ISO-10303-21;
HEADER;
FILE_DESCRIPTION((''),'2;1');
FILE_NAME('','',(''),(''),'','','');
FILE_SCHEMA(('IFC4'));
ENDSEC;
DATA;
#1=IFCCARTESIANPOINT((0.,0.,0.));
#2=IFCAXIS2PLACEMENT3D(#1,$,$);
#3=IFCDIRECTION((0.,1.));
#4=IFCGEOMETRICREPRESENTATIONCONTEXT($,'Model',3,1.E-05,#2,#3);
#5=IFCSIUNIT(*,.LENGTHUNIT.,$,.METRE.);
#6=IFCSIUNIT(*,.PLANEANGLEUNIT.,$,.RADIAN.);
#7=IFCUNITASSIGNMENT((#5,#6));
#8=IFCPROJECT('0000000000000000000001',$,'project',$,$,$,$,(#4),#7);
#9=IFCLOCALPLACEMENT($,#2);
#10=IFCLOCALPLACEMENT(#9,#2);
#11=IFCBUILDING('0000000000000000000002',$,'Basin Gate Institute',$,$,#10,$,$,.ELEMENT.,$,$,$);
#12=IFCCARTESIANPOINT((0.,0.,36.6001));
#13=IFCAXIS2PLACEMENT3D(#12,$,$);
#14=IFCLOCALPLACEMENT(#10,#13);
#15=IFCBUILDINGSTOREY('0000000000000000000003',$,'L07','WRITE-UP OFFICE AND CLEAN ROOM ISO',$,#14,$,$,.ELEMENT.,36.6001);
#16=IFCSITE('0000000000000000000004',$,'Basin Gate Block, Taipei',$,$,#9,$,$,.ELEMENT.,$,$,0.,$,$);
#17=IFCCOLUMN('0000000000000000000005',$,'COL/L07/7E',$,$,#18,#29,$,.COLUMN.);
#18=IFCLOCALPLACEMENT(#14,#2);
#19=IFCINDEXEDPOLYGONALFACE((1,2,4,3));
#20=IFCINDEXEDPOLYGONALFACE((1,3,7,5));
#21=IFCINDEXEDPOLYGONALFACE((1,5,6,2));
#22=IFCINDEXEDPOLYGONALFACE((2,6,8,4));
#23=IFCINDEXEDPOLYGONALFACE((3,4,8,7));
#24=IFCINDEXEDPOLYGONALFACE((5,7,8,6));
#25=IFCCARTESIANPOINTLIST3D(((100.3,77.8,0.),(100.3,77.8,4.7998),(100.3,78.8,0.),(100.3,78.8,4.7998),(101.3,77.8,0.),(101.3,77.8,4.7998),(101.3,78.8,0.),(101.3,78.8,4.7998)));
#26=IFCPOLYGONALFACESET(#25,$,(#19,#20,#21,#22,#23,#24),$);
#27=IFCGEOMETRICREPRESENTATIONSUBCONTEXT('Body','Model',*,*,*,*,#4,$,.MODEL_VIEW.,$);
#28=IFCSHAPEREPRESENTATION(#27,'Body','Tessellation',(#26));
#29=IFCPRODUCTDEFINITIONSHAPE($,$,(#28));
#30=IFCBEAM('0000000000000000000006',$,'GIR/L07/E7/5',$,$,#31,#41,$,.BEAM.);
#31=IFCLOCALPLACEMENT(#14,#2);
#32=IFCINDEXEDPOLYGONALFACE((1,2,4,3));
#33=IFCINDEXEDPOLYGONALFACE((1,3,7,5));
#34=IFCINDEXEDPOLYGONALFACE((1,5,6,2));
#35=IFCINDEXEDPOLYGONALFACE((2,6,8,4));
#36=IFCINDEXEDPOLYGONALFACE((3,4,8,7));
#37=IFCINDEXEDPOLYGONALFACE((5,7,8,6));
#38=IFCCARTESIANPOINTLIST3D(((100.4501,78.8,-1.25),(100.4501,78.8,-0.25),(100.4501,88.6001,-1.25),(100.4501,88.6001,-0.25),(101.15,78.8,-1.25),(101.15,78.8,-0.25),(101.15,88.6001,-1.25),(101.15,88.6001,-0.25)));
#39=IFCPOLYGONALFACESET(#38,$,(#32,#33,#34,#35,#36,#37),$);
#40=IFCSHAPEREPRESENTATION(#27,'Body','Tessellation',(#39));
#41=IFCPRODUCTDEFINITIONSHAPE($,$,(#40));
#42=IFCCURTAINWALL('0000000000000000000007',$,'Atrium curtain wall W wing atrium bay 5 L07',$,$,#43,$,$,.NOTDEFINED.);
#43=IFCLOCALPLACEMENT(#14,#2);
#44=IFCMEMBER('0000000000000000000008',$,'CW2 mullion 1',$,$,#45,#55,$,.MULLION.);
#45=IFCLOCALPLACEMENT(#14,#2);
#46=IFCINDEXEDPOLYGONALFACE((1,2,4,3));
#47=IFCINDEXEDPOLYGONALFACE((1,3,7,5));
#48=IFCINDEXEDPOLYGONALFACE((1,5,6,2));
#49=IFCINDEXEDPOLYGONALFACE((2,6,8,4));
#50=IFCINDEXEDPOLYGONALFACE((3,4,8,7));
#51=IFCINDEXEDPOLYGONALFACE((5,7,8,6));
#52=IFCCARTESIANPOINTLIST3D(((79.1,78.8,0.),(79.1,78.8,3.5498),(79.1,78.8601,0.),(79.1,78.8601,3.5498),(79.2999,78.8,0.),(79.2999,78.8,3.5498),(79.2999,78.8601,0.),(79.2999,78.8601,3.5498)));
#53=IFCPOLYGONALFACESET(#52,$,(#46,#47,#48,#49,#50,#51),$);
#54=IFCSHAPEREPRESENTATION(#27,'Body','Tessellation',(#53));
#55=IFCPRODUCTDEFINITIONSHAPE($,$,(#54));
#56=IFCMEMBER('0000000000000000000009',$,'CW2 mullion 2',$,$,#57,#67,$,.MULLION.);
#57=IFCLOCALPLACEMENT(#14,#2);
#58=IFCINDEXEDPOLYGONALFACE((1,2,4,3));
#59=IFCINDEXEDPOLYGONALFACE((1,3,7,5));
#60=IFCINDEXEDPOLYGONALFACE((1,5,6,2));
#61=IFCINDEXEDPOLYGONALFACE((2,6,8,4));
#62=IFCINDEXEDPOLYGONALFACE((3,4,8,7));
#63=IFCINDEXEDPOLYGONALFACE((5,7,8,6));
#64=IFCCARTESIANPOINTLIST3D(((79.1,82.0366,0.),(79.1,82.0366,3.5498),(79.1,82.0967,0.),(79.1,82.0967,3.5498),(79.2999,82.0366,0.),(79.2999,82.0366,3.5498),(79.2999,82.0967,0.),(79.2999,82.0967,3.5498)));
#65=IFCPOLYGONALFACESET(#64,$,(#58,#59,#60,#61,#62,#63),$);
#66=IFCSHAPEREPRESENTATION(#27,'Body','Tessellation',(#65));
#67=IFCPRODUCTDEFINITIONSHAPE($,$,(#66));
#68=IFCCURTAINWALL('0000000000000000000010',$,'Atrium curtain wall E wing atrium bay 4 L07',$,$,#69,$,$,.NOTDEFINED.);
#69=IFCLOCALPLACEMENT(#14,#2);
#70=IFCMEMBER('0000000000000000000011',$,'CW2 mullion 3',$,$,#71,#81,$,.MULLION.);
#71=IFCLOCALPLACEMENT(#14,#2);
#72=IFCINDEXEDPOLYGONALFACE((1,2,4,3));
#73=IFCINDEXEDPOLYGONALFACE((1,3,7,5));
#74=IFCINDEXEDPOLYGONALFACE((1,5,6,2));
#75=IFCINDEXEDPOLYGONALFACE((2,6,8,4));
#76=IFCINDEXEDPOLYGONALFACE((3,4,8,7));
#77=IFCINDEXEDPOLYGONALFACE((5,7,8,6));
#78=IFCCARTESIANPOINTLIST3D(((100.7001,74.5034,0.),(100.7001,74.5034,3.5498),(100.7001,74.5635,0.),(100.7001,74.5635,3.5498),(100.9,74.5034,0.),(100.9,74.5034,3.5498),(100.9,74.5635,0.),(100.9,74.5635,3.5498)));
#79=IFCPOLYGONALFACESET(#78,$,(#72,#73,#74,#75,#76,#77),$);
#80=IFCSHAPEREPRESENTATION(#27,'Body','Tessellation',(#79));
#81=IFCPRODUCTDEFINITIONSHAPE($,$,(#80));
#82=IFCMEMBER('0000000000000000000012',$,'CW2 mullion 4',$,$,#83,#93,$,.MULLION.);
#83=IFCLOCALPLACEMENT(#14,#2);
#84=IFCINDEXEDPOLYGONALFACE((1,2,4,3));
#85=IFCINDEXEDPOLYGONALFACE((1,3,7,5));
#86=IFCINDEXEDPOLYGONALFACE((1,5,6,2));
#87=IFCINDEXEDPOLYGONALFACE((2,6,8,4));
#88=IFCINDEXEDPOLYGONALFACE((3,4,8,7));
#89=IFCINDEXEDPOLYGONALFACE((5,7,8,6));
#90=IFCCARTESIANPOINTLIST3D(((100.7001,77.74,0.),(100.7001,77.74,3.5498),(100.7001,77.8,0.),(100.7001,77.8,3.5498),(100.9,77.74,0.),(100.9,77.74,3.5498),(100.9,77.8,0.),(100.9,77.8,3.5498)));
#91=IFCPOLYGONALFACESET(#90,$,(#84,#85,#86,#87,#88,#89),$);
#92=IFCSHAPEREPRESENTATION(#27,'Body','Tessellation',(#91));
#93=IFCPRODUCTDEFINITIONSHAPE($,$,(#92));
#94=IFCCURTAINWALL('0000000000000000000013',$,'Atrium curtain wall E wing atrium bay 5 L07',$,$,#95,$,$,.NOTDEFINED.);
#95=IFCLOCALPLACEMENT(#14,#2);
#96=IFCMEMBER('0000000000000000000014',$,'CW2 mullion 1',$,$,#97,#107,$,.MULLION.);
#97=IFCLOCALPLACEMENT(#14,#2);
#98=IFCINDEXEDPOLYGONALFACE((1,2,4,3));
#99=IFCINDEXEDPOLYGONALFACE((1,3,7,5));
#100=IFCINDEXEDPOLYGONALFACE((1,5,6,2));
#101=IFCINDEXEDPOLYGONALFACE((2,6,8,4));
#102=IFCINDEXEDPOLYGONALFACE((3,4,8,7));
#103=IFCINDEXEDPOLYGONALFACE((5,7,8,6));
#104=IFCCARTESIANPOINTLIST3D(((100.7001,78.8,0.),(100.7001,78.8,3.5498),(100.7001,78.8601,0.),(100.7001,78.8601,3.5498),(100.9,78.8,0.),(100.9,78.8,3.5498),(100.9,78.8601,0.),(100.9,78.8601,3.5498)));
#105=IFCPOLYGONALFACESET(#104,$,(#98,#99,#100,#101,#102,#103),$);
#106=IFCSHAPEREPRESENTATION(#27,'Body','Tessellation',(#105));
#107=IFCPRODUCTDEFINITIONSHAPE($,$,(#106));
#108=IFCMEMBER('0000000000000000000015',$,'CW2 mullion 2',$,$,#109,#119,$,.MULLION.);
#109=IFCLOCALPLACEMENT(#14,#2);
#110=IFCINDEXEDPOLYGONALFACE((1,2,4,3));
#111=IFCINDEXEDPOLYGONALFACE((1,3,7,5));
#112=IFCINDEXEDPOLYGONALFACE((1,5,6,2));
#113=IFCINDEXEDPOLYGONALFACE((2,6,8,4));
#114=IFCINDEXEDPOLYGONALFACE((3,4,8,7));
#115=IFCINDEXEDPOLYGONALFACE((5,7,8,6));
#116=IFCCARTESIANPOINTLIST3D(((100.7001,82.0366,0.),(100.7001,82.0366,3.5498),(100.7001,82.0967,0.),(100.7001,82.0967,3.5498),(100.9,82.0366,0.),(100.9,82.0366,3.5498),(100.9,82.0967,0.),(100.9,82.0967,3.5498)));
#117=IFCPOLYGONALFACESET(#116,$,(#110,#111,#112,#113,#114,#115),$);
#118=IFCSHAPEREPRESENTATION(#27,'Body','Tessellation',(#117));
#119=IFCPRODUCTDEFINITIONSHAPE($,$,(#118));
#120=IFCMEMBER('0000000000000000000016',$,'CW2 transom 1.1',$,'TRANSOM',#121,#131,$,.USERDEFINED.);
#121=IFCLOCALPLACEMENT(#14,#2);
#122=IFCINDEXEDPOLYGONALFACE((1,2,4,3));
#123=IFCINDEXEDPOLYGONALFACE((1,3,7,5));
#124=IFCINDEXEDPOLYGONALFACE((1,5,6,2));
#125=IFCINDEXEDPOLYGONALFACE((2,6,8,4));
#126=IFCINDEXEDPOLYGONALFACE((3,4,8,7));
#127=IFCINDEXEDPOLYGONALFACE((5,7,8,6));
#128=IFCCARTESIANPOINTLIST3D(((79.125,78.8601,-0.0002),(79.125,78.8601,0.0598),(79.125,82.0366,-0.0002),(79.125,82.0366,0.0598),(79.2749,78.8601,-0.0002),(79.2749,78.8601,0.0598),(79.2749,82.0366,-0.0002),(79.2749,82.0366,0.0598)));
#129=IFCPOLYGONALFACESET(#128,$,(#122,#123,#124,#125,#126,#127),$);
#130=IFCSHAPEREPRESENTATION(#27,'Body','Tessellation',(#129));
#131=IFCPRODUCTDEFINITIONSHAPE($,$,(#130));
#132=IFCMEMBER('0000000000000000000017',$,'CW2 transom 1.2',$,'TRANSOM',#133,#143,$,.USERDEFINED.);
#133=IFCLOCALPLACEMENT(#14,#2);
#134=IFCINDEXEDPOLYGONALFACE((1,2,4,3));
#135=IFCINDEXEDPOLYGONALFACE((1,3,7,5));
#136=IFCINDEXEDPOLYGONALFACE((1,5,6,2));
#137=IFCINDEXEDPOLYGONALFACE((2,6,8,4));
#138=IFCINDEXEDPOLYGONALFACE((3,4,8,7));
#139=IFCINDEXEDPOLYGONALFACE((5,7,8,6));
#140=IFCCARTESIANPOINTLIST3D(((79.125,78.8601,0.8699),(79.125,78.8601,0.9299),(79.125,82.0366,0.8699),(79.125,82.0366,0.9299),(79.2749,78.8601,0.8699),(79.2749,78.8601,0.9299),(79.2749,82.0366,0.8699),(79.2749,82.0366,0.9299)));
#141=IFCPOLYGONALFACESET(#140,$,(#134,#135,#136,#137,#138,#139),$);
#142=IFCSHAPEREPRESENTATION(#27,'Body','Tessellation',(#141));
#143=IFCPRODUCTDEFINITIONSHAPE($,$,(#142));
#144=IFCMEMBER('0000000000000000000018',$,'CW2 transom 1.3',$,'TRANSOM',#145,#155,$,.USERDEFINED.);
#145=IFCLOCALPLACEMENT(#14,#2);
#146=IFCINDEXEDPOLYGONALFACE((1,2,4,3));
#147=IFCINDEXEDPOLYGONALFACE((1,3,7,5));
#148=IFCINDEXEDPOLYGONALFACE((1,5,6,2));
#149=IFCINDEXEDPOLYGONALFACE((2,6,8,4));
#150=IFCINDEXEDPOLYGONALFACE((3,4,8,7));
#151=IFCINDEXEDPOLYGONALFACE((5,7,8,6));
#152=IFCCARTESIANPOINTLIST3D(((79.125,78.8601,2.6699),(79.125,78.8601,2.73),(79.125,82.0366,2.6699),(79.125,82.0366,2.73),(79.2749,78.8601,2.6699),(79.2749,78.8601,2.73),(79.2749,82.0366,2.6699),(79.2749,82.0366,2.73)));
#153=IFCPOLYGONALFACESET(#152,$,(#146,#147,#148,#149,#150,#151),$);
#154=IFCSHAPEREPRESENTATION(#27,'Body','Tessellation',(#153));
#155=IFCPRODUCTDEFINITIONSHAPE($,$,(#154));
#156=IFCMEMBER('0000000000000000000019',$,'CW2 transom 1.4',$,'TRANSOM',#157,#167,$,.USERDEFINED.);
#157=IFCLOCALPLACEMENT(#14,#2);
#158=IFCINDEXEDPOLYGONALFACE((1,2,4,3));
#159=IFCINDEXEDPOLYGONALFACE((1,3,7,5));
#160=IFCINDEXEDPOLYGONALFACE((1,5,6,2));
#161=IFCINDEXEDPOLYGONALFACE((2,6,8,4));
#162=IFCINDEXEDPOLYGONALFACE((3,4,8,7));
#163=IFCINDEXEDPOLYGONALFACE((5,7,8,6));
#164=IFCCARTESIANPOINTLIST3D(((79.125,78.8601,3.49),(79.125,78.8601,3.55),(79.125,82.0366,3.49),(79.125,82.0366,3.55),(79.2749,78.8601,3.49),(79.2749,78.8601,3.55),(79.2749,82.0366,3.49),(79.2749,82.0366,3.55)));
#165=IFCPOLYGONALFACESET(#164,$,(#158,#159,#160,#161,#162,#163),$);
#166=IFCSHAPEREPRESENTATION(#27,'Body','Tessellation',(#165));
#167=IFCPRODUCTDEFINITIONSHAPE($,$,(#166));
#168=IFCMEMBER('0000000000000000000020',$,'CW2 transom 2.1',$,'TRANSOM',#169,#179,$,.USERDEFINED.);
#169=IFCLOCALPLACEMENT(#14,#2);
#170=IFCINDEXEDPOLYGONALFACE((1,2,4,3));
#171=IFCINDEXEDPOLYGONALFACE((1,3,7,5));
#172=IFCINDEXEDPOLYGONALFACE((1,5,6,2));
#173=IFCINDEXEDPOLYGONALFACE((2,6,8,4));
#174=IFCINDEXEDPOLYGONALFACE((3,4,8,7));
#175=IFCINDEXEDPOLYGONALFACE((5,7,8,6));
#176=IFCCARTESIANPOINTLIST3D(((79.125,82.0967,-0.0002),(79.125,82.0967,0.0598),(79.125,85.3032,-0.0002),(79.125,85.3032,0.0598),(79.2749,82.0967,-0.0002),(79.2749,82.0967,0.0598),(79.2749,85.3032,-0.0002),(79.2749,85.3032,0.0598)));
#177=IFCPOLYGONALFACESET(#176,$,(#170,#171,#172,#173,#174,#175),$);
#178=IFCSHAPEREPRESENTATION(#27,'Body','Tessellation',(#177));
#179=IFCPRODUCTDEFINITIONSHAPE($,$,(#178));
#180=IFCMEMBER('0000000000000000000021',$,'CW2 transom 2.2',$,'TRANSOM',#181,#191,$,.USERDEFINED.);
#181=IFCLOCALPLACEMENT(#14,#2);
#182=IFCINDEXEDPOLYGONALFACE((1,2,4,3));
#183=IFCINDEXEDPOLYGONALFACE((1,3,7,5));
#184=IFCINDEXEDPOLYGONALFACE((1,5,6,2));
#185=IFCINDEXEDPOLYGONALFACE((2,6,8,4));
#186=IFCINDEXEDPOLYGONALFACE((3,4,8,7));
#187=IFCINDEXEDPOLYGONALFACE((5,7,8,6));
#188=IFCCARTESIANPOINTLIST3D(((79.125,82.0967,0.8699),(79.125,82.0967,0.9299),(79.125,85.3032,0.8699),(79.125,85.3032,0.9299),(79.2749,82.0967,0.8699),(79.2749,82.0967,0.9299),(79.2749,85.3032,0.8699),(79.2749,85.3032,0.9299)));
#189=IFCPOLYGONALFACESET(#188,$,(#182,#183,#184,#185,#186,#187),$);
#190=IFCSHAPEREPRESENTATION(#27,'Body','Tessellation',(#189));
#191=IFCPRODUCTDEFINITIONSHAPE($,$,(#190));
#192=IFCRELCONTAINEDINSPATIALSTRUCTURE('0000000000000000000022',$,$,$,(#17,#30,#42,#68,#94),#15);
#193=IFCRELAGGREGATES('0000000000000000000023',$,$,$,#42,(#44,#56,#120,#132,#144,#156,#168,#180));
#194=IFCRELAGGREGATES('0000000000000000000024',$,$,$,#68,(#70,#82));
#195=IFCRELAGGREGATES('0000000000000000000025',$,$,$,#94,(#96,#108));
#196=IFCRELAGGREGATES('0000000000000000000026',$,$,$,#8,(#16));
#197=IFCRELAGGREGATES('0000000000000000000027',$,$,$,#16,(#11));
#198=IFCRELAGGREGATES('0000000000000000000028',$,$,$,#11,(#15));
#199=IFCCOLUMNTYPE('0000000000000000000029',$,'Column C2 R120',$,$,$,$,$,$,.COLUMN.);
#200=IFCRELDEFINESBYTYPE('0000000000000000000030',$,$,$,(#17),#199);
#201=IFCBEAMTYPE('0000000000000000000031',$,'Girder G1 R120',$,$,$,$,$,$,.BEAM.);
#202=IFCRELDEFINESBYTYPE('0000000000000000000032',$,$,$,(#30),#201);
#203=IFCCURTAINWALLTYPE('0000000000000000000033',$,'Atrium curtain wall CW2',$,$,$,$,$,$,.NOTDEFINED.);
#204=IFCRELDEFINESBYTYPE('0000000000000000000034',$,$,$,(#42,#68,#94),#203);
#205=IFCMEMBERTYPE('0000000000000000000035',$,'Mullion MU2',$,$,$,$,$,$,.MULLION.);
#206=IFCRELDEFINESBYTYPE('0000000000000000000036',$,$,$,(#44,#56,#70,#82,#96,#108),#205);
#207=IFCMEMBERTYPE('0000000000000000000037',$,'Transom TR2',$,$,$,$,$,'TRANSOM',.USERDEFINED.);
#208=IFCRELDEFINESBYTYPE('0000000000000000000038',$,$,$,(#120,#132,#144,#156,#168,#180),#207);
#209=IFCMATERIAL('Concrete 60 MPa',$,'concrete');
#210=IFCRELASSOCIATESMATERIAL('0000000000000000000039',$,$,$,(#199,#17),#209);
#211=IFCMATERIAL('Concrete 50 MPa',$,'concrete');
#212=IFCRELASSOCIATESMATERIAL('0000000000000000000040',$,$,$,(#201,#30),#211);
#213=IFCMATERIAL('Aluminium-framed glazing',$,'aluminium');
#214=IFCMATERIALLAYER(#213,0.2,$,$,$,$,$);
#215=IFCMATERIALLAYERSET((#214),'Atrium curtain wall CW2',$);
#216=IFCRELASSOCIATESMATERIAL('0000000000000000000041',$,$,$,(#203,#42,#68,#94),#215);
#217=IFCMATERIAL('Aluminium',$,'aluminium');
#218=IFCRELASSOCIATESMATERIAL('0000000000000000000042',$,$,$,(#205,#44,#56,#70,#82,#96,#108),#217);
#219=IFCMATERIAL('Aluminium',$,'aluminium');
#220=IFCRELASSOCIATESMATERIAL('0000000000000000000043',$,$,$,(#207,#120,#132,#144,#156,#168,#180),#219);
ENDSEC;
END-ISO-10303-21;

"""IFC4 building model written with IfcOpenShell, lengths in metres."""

from ifc_helpers import new_model, si_unit, direction, frame, origin, origin_2d, place, context, subcontext, project, spatial, rectangle, extrude, material, layer, layer_set, material_profile, profile_set, type_object, element, aggregate, save


model = new_model("IFC4")

# Units and contexts
model_context = context("Model", 3, precision=1e-05, world=origin(), true_north=direction((0.0, 1.0)))
body_context = subcontext(model_context, "Body", "Model", "MODEL_VIEW")
ifc_project = project(units=[si_unit("LENGTHUNIT", "METRE"), si_unit("PLANEANGLEUNIT", "RADIAN")], contexts=[model_context])

# Site, building, storey
site_placement = place(None, origin())
site = spatial("IfcSite", under=ifc_project, at=site_placement, Name="Basin Gate Block, Taipei", CompositionType="ELEMENT", RefElevation=0.0)
building_placement = place(site_placement, origin())
building = spatial("IfcBuilding", under=site, at=building_placement, Name="Basin Gate Institute", CompositionType="ELEMENT")
storey_placement = place(building_placement, frame((0.0, 0.0, 36.6001)))
storey = spatial("IfcBuildingStorey", under=building, at=storey_placement, Name="L07", Description="WRITE-UP OFFICE AND CLEAN ROOM ISO", CompositionType="ELEMENT", Elevation=36.6001)

# Column
ifc_material_1 = material(Name="Concrete 60 MPa", Category="concrete")
ifc_material_profile_1 = material_profile(ifc_material_1, rectangle(XDim=1.0, YDim=1.0, at=origin_2d()), Name="Column C2 1000 x 1000")
ifc_profile_set_1 = profile_set([ifc_material_profile_1], Name="Concrete 60 MPa")
column_type = type_object("IfcColumnType", Name="Column C2 R120", PredefinedType="COLUMN", material=ifc_profile_set_1)
column_placement = place(storey_placement, frame((100.8, 78.3, 0.0), z_axis=(0.0, 0.0, 1.0), x_axis=(1.0, 0.0, 0.0)))
element("IfcColumn", 1, at=column_placement, inside=storey, type_object=column_type, material=ifc_profile_set_1, Name="COL/L07/7E", PredefinedType="COLUMN", context=body_context, shape_type="SweptSolid", body=[
    extrude(rectangle(XDim=1.0, YDim=1.0, at=origin_2d()), origin(), (0.0, 0.0, 1.0), 4.7998),
])

# Beam
ifc_material_2 = material(Name="Concrete 50 MPa", Category="concrete")
ifc_material_profile_2 = material_profile(ifc_material_2, rectangle(XDim=0.7, YDim=1.0, at=origin_2d()), Name="Girder G1 700 x 1000")
ifc_profile_set_2 = profile_set([ifc_material_profile_2], Name="Concrete 50 MPa")
beam_type = type_object("IfcBeamType", Name="Girder G1 R120", PredefinedType="BEAM", material=ifc_profile_set_2)
beam_placement = place(storey_placement, frame((100.8, 78.8, -0.75), z_axis=(0.0, 1.0, 0.0), x_axis=(-1.0, 0.0, 0.0)))
element("IfcBeam", 2, at=beam_placement, inside=storey, type_object=beam_type, material=ifc_profile_set_2, Name="GIR/L07/E7/5", PredefinedType="BEAM", context=body_context, shape_type="SweptSolid", body=[
    extrude(rectangle(XDim=0.7, YDim=1.0, at=origin_2d()), origin(), (0.0, 0.0, 1.0), 9.8),
])

# Curtain walls, members
ifc_material_3 = material(Name="Aluminium-framed glazing", Category="aluminium")
ifc_layer_1 = layer(ifc_material_3, 0.2)
ifc_layer_set_1 = layer_set([ifc_layer_1], Name="Atrium curtain wall CW2")
curtain_wall_type = type_object("IfcCurtainWallType", Name="Atrium curtain wall CW2", PredefinedType="NOTDEFINED", material=ifc_layer_set_1)
curtain_wall_1_placement = place(storey_placement, origin())
curtain_wall_1 = element("IfcCurtainWall", 3, at=curtain_wall_1_placement, inside=storey, type_object=curtain_wall_type, material=ifc_layer_set_1, Name="Atrium curtain wall W wing atrium bay 5 L07", PredefinedType="NOTDEFINED")
ifc_material_4 = material(Name="Aluminium", Category="aluminium")
ifc_material_profile_3 = material_profile(ifc_material_4, rectangle(XDim=0.2, YDim=0.0601, at=origin_2d()), Name="Mullion MU2 200 x 60")
ifc_profile_set_3 = profile_set([ifc_material_profile_3], Name="Aluminium")
member_type_1 = type_object("IfcMemberType", Name="Mullion MU2", PredefinedType="MULLION", material=ifc_profile_set_3)
member_1_placement = place(storey_placement, frame((79.2, 78.8301, 0.0), z_axis=(0.0, 0.0, 1.0), x_axis=(-1.0, 0.0, 0.0)))
member_1 = element("IfcMember", 4, at=member_1_placement, type_object=member_type_1, material=ifc_profile_set_3, Name="CW2 mullion 1", PredefinedType="MULLION", context=body_context, shape_type="SweptSolid", body=[
    extrude(rectangle(XDim=0.2, YDim=0.0601, at=origin_2d()), origin(), (0.0, 0.0, 1.0), 3.5498),
])
member_2_placement = place(storey_placement, frame((79.2, 82.0667, 0.0), z_axis=(0.0, 0.0, 1.0), x_axis=(-1.0, 0.0, 0.0)))
member_2 = element("IfcMember", 5, at=member_2_placement, type_object=member_type_1, material=ifc_profile_set_3, Name="CW2 mullion 2", PredefinedType="MULLION", context=body_context, shape_type="SweptSolid", body=[
    extrude(rectangle(XDim=0.2, YDim=0.0601, at=origin_2d()), origin(), (0.0, 0.0, 1.0), 3.5498),
])
curtain_wall_2_placement = place(storey_placement, origin())
curtain_wall_2 = element("IfcCurtainWall", 6, at=curtain_wall_2_placement, inside=storey, type_object=curtain_wall_type, material=ifc_layer_set_1, Name="Atrium curtain wall E wing atrium bay 4 L07", PredefinedType="NOTDEFINED")
member_3_placement = place(storey_placement, frame((100.8, 74.5334, 0.0), z_axis=(0.0, 0.0, 1.0), x_axis=(-1.0, 0.0, 0.0)))
member_3 = element("IfcMember", 7, at=member_3_placement, type_object=member_type_1, material=ifc_profile_set_3, Name="CW2 mullion 3", PredefinedType="MULLION", context=body_context, shape_type="SweptSolid", body=[
    extrude(rectangle(XDim=0.2, YDim=0.0601, at=origin_2d()), origin(), (0.0, 0.0, 1.0), 3.5498),
])
member_4_placement = place(storey_placement, frame((100.8, 77.77, 0.0), z_axis=(0.0, 0.0, 1.0), x_axis=(-1.0, 0.0, 0.0)))
member_4 = element("IfcMember", 8, at=member_4_placement, type_object=member_type_1, material=ifc_profile_set_3, Name="CW2 mullion 4", PredefinedType="MULLION", context=body_context, shape_type="SweptSolid", body=[
    extrude(rectangle(XDim=0.2, YDim=0.0601, at=origin_2d()), origin(), (0.0, 0.0, 1.0), 3.5498),
])
curtain_wall_3_placement = place(storey_placement, origin())
curtain_wall_3 = element("IfcCurtainWall", 9, at=curtain_wall_3_placement, inside=storey, type_object=curtain_wall_type, material=ifc_layer_set_1, Name="Atrium curtain wall E wing atrium bay 5 L07", PredefinedType="NOTDEFINED")
member_5_placement = place(storey_placement, frame((100.8, 78.8301, 0.0), z_axis=(0.0, 0.0, 1.0), x_axis=(-1.0, 0.0, 0.0)))
member_5 = element("IfcMember", 10, at=member_5_placement, type_object=member_type_1, material=ifc_profile_set_3, Name="CW2 mullion 1", PredefinedType="MULLION", context=body_context, shape_type="SweptSolid", body=[
    extrude(rectangle(XDim=0.2, YDim=0.0601, at=origin_2d()), origin(), (0.0, 0.0, 1.0), 3.5498),
])
member_6_placement = place(storey_placement, frame((100.8, 82.0667, 0.0), z_axis=(0.0, 0.0, 1.0), x_axis=(-1.0, 0.0, 0.0)))
member_6 = element("IfcMember", 11, at=member_6_placement, type_object=member_type_1, material=ifc_profile_set_3, Name="CW2 mullion 2", PredefinedType="MULLION", context=body_context, shape_type="SweptSolid", body=[
    extrude(rectangle(XDim=0.2, YDim=0.0601, at=origin_2d()), origin(), (0.0, 0.0, 1.0), 3.5498),
])

# Members
ifc_material_5 = material(Name="Aluminium", Category="aluminium")
ifc_material_profile_4 = material_profile(ifc_material_5, rectangle(XDim=0.1499, YDim=0.0601, at=origin_2d()), Name="Transom TR2 150 x 60")
ifc_profile_set_4 = profile_set([ifc_material_profile_4], Name="Aluminium")
member_type_2 = type_object("IfcMemberType", Name="Transom TR2", ElementType="TRANSOM", PredefinedType="USERDEFINED", material=ifc_profile_set_4)
member_7_placement = place(storey_placement, frame((79.2, 78.8601, 0.0298), z_axis=(0.0, 1.0, 0.0), x_axis=(-1.0, 0.0, 0.0)))
member_7 = element("IfcMember", 12, at=member_7_placement, type_object=member_type_2, material=ifc_profile_set_4, Name="CW2 transom 1.1", ObjectType="TRANSOM", PredefinedType="USERDEFINED", context=body_context, shape_type="SweptSolid", body=[
    extrude(rectangle(XDim=0.1499, YDim=0.0601, at=origin_2d()), origin(), (0.0, 0.0, 1.0), 3.1765),
])
member_8_placement = place(storey_placement, frame((79.2, 78.8601, 0.8999), z_axis=(0.0, 1.0, 0.0), x_axis=(-1.0, 0.0, 0.0)))
member_8 = element("IfcMember", 13, at=member_8_placement, type_object=member_type_2, material=ifc_profile_set_4, Name="CW2 transom 1.2", ObjectType="TRANSOM", PredefinedType="USERDEFINED", context=body_context, shape_type="SweptSolid", body=[
    extrude(rectangle(XDim=0.1499, YDim=0.0601, at=origin_2d()), origin(), (0.0, 0.0, 1.0), 3.1765),
])
member_9_placement = place(storey_placement, frame((79.2, 78.8601, 2.7), z_axis=(0.0, 1.0, 0.0), x_axis=(-1.0, 0.0, 0.0)))
member_9 = element("IfcMember", 14, at=member_9_placement, type_object=member_type_2, material=ifc_profile_set_4, Name="CW2 transom 1.3", ObjectType="TRANSOM", PredefinedType="USERDEFINED", context=body_context, shape_type="SweptSolid", body=[
    extrude(rectangle(XDim=0.1499, YDim=0.0601, at=origin_2d()), origin(), (0.0, 0.0, 1.0), 3.1765),
])
member_10_placement = place(storey_placement, frame((79.2, 78.8601, 3.52), z_axis=(0.0, 1.0, 0.0), x_axis=(-1.0, 0.0, 0.0)))
member_10 = element("IfcMember", 15, at=member_10_placement, type_object=member_type_2, material=ifc_profile_set_4, Name="CW2 transom 1.4", ObjectType="TRANSOM", PredefinedType="USERDEFINED", context=body_context, shape_type="SweptSolid", body=[
    extrude(rectangle(XDim=0.1499, YDim=0.0601, at=origin_2d()), origin(), (0.0, 0.0, 1.0), 3.1765),
])
member_11_placement = place(storey_placement, frame((79.2, 82.0967, 0.0298), z_axis=(0.0, 1.0, 0.0), x_axis=(-1.0, 0.0, 0.0)))
member_11 = element("IfcMember", 16, at=member_11_placement, type_object=member_type_2, material=ifc_profile_set_4, Name="CW2 transom 2.1", ObjectType="TRANSOM", PredefinedType="USERDEFINED", context=body_context, shape_type="SweptSolid", body=[
    extrude(rectangle(XDim=0.1499, YDim=0.0601, at=origin_2d()), origin(), (0.0, 0.0, 1.0), 3.2065),
])
member_12_placement = place(storey_placement, frame((79.2, 82.0967, 0.8999), z_axis=(0.0, 1.0, 0.0), x_axis=(-1.0, 0.0, 0.0)))
member_12 = element("IfcMember", 17, at=member_12_placement, type_object=member_type_2, material=ifc_profile_set_4, Name="CW2 transom 2.2", ObjectType="TRANSOM", PredefinedType="USERDEFINED", context=body_context, shape_type="SweptSolid", body=[
    extrude(rectangle(XDim=0.1499, YDim=0.0601, at=origin_2d()), origin(), (0.0, 0.0, 1.0), 3.2065),
])

aggregate(curtain_wall_1, [member_1, member_2, member_7, member_8, member_9, member_10, member_11, member_12])
aggregate(curtain_wall_2, [member_3, member_4])
aggregate(curtain_wall_3, [member_5, member_6])

save(model, "model.ifc")
